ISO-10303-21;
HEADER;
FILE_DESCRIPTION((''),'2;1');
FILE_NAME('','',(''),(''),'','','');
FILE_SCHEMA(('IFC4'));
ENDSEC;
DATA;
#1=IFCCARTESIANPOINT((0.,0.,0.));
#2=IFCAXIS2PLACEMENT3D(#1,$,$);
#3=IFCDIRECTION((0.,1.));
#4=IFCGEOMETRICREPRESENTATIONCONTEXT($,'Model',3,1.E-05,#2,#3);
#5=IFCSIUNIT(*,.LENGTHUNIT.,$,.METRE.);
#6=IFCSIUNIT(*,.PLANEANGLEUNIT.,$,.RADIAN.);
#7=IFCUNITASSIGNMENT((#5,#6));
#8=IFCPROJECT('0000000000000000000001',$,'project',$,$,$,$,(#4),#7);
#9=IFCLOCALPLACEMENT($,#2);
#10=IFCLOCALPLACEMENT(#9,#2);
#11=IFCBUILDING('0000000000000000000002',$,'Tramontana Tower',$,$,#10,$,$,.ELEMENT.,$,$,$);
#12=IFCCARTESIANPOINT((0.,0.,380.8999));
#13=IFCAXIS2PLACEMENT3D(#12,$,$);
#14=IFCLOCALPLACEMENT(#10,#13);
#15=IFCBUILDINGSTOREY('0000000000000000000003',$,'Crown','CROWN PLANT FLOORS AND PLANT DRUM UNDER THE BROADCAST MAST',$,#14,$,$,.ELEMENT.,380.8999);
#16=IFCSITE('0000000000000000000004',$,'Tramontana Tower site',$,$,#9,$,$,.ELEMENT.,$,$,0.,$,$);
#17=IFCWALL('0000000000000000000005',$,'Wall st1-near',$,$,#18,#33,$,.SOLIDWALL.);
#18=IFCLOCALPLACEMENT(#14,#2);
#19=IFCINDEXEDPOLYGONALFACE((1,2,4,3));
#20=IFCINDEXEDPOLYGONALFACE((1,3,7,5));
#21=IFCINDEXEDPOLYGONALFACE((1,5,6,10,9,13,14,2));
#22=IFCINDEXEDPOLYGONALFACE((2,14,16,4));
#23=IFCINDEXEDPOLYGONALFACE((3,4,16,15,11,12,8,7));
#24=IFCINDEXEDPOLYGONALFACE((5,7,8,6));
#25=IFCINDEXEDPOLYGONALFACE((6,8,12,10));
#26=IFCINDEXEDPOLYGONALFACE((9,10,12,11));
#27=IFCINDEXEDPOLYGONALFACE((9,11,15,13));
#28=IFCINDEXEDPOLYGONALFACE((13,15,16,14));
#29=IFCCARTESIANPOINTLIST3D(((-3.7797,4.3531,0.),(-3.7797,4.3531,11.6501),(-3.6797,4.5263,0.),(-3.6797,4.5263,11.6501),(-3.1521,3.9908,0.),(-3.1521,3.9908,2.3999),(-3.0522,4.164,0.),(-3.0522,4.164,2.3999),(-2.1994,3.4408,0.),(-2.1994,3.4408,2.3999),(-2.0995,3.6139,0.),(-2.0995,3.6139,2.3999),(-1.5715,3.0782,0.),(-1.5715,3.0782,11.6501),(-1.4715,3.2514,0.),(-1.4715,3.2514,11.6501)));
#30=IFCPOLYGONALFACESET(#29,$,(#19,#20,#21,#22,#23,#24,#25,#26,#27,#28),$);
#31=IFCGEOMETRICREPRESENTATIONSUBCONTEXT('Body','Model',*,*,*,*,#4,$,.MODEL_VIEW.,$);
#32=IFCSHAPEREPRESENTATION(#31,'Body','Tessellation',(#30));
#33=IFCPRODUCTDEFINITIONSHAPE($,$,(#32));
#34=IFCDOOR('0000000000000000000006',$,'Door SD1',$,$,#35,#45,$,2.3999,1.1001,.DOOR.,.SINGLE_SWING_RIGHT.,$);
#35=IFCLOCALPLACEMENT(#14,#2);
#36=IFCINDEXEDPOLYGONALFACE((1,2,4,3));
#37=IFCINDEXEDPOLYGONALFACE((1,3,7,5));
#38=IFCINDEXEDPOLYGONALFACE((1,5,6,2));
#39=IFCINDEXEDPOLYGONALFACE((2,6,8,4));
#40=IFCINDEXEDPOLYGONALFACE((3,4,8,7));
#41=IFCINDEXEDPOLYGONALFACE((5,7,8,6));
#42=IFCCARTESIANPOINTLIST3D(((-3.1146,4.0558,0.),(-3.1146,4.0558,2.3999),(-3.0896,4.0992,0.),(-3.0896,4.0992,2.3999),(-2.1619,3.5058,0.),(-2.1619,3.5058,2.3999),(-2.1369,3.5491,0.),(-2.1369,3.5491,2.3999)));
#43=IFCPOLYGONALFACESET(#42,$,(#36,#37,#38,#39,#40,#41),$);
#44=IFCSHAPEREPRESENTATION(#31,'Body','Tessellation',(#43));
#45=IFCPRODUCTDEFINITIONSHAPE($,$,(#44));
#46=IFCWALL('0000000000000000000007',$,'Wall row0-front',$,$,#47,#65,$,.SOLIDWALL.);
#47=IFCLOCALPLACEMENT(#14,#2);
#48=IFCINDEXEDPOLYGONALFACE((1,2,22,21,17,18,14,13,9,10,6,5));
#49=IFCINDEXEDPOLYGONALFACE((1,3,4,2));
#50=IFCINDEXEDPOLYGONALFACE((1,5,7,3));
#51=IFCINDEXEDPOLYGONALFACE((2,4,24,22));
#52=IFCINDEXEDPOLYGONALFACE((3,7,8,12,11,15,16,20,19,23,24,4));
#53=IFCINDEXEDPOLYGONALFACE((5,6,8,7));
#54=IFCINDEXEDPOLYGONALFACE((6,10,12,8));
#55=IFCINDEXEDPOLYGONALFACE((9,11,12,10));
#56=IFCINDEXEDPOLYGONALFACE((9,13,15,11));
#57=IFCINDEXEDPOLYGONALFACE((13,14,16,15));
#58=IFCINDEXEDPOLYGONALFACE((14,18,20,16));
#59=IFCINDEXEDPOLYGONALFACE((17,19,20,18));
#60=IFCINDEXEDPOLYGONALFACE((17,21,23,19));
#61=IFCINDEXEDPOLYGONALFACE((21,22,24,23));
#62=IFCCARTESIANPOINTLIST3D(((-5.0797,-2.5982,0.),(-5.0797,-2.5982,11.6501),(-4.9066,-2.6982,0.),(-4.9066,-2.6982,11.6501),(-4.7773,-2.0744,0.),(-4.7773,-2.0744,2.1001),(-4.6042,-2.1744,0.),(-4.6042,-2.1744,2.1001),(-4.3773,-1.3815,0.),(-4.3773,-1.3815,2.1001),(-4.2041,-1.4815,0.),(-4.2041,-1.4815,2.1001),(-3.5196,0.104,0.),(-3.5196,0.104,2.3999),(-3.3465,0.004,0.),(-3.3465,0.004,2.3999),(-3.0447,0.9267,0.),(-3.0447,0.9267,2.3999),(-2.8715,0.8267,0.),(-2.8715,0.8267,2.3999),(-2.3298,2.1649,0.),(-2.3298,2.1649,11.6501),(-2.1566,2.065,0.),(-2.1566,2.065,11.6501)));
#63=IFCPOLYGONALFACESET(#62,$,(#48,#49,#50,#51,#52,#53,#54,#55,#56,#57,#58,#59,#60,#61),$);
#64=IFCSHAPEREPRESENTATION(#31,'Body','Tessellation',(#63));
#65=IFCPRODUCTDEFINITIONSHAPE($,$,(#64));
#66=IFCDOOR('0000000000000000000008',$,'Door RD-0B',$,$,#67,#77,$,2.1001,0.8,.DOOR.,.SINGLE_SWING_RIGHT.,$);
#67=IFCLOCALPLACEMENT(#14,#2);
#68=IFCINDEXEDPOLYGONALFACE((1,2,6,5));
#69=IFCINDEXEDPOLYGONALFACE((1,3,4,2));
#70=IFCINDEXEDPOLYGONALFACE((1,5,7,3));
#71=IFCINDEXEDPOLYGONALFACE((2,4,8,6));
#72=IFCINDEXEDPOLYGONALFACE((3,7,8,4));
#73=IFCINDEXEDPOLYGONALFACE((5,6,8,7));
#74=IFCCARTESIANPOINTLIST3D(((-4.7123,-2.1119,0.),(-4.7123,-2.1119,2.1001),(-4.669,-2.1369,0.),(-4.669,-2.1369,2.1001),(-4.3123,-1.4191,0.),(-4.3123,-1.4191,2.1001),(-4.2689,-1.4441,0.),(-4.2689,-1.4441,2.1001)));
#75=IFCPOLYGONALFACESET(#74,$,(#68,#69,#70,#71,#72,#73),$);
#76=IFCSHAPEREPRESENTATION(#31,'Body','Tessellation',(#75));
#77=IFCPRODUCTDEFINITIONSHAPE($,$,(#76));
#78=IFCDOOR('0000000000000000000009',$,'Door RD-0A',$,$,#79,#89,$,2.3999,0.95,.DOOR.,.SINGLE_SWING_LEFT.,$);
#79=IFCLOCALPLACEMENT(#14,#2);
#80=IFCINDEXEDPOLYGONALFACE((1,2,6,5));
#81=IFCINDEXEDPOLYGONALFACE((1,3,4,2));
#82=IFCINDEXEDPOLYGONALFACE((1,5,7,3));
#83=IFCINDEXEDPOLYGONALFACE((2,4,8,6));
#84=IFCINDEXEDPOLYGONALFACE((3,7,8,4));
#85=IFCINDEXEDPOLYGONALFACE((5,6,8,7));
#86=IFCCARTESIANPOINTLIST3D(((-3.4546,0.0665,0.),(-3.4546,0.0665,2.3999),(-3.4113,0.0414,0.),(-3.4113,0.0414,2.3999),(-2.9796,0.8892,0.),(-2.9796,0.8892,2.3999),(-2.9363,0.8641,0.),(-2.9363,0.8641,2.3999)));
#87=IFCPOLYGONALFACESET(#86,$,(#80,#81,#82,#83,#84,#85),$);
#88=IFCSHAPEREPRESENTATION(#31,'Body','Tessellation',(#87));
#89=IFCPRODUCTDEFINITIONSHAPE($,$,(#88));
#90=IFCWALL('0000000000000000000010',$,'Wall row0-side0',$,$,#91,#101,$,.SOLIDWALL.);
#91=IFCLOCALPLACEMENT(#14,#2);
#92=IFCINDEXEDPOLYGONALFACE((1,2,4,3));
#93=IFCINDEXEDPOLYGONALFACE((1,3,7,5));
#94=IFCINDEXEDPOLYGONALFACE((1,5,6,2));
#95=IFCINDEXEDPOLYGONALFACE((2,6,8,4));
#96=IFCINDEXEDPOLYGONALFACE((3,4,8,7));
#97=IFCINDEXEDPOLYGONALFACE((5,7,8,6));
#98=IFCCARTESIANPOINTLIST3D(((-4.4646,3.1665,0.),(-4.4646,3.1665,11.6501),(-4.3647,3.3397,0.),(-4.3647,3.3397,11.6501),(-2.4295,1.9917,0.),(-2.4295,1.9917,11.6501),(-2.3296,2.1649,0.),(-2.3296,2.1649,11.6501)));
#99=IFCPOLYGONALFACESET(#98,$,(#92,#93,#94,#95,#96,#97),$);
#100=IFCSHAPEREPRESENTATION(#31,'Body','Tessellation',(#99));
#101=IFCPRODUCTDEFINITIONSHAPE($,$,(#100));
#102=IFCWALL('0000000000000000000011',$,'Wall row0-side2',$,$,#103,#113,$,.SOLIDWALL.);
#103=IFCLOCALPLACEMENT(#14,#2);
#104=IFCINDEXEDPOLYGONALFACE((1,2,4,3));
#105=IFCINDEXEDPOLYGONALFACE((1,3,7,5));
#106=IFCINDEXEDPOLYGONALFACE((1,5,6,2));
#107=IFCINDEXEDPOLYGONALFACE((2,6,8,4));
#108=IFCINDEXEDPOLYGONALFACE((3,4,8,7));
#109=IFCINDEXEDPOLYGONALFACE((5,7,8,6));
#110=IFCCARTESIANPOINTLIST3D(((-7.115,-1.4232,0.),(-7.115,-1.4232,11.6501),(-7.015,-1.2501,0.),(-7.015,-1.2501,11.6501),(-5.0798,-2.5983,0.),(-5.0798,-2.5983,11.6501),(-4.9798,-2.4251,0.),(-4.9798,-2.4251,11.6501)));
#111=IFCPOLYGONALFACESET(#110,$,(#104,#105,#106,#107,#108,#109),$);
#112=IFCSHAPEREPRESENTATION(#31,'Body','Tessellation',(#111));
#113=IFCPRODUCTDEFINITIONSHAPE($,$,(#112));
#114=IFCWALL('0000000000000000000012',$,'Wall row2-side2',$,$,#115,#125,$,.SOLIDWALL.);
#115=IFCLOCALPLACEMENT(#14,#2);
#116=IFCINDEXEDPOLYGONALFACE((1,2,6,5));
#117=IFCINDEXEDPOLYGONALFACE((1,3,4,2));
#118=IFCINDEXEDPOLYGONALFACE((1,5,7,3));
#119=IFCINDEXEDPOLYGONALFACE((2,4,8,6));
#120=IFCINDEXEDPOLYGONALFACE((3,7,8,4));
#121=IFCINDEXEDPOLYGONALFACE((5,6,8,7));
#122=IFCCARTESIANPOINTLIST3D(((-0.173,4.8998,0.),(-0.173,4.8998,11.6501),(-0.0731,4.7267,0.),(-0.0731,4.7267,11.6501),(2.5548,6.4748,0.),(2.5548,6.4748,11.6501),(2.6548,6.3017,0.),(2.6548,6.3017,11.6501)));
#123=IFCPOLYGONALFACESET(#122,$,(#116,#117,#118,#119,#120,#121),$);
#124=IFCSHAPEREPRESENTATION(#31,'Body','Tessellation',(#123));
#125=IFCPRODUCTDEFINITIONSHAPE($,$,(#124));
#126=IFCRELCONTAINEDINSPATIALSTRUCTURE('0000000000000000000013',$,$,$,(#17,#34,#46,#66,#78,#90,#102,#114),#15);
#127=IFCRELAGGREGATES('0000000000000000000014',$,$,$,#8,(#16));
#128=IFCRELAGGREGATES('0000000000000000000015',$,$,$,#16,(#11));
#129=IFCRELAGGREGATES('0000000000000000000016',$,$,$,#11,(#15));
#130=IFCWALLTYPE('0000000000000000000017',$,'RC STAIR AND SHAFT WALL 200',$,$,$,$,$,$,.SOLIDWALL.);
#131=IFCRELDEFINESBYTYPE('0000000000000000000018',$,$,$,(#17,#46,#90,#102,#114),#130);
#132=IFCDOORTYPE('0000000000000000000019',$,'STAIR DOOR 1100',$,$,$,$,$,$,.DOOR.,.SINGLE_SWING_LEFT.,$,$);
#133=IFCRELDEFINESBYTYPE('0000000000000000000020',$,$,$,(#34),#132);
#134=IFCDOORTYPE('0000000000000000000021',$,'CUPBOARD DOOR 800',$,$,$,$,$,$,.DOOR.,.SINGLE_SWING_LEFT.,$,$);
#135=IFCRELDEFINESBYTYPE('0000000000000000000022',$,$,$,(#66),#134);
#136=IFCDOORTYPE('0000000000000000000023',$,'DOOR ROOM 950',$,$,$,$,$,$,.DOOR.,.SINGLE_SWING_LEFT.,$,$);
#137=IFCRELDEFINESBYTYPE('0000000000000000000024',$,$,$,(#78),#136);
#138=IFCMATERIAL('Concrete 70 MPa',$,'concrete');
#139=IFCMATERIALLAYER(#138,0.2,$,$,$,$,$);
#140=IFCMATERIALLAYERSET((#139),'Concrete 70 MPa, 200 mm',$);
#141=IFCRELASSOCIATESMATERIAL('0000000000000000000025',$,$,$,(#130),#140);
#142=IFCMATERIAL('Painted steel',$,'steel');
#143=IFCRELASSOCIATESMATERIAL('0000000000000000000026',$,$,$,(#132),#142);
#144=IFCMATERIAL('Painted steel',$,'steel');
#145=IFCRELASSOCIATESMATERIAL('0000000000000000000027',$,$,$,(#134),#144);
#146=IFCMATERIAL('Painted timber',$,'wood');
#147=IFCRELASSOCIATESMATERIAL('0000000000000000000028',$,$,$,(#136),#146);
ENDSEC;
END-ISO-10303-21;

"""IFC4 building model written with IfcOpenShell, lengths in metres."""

from ifc_helpers import new_model, si_unit, direction, frame, frame_2d, origin, place, context, subcontext, project, spatial, rectangle, extrude, material, layer, layer_set, type_object, element, fill, save


model = new_model("IFC4")

# Units and contexts
model_context = context("Model", 3, precision=1e-05, world=origin(), true_north=direction((0.0, 1.0)))
body_context = subcontext(model_context, "Body", "Model", "MODEL_VIEW")
ifc_project = project(units=[si_unit("LENGTHUNIT", "METRE"), si_unit("PLANEANGLEUNIT", "RADIAN")], contexts=[model_context])

# Site, building, storey
site_placement = place(None, origin())
site = spatial("IfcSite", under=ifc_project, at=site_placement, Name="Tramontana Tower site", CompositionType="ELEMENT", RefElevation=0.0)
building_placement = place(site_placement, origin())
building = spatial("IfcBuilding", under=site, at=building_placement, Name="Tramontana Tower", CompositionType="ELEMENT")
storey_placement = place(building_placement, frame((0.0, 0.0, 380.8999)))
storey = spatial("IfcBuildingStorey", under=building, at=storey_placement, Name="Crown", Description="CROWN PLANT FLOORS AND PLANT DRUM UNDER THE BROADCAST MAST", CompositionType="ELEMENT", Elevation=380.8999)

# Wall, opening, door
ifc_material_1 = material(Name="Concrete 70 MPa", Category="concrete")
ifc_layer_1 = layer(ifc_material_1, 0.2)
ifc_layer_set_1 = layer_set([ifc_layer_1], Name="Concrete 70 MPa, 200 mm")
wall_type_1 = type_object("IfcWallType", Name="RC STAIR AND SHAFT WALL 200", PredefinedType="SOLIDWALL", material=ifc_layer_set_1)
wall_1_placement = place(storey_placement, frame((-1.5215, 3.1648, 0.0), z_axis=(0.0, 0.0, 1.0), x_axis=(-0.866031, 0.49999, 0.0)))
wall_1 = element("IfcWall", 1, at=wall_1_placement, inside=storey, type_object=wall_type_1, Name="Wall st1-near", PredefinedType="SOLIDWALL", context=body_context, shape_type="SweptSolid", body=[
    extrude(rectangle(XDim=2.5498, YDim=0.2, at=frame_2d((1.2749, 0.0))), origin(), (0.0, 0.0, 1.0), 11.6501),
])
opening_1_placement = place(wall_1_placement, frame((0.7251, 0.0, 0.0)))
opening_1 = element("IfcOpeningElement", 2, at=opening_1_placement, cuts=wall_1, PredefinedType="OPENING", context=body_context, shape_type="SweptSolid", body=[
    extrude(rectangle(XDim=1.1001, YDim=2.3999, at=frame_2d((0.55, 1.2))), frame((0.0, 0.1099, 0.0), z_axis=(0.0, -1.0, 0.0), x_axis=(1.0, 0.0, 0.0)), (0.0, 0.0, 1.0), 0.22),
])
ifc_material_2 = material(Name="Painted steel", Category="steel")
door_type_1 = type_object("IfcDoorType", Name="STAIR DOOR 1100", OperationType="SINGLE_SWING_LEFT", PredefinedType="DOOR", material=ifc_material_2)
door_1_placement = place(opening_1_placement, origin())
door_1 = element("IfcDoor", 3, at=door_1_placement, inside=storey, type_object=door_type_1, Name="Door SD1", OperationType="SINGLE_SWING_RIGHT", OverallHeight=2.3999, OverallWidth=1.1001, PredefinedType="DOOR", context=body_context, shape_type="SweptSolid", body=[
    extrude(rectangle(XDim=1.1001, YDim=2.3999, at=frame_2d((0.55, 1.2))), frame((0.0, 0.0249, 0.0), z_axis=(0.0, -1.0, 0.0), x_axis=(1.0, 0.0, 0.0)), (0.0, 0.0, 1.0), 0.05),
])
fill(opening_1, door_1)

# Wall, openings, doors
wall_2_placement = place(storey_placement, frame((-4.9932, -2.6482, 0.0), z_axis=(0.0, 0.0, 1.0), x_axis=(0.499997, 0.866027, 0.0)))
wall_2 = element("IfcWall", 4, at=wall_2_placement, inside=storey, type_object=wall_type_1, Name="Wall row0-front", PredefinedType="SOLIDWALL", context=body_context, shape_type="SweptSolid", body=[
    extrude(rectangle(XDim=5.5, YDim=0.2, at=frame_2d((2.75, 0.0))), origin(), (0.0, 0.0, 1.0), 11.6501),
])
opening_2_placement = place(wall_2_placement, frame((3.1201, 0.0, 0.0)))
opening_2 = element("IfcOpeningElement", 5, at=opening_2_placement, cuts=wall_2, PredefinedType="OPENING", context=body_context, shape_type="SweptSolid", body=[
    extrude(rectangle(XDim=0.95, YDim=2.3999, at=frame_2d((0.4751, 1.2))), frame((0.0, 0.1099, 0.0), z_axis=(0.0, -1.0, 0.0), x_axis=(1.0, 0.0, 0.0)), (0.0, 0.0, 1.0), 0.22),
])
opening_3_placement = place(wall_2_placement, frame((0.605, 0.0, 0.0)))
opening_3 = element("IfcOpeningElement", 6, at=opening_3_placement, cuts=wall_2, PredefinedType="OPENING", context=body_context, shape_type="SweptSolid", body=[
    extrude(rectangle(XDim=0.8, YDim=2.1001, at=frame_2d((0.3999, 1.05))), frame((0.0, 0.1099, 0.0), z_axis=(0.0, -1.0, 0.0), x_axis=(1.0, 0.0, 0.0)), (0.0, 0.0, 1.0), 0.22),
])
ifc_material_3 = material(Name="Painted steel", Category="steel")
door_type_2 = type_object("IfcDoorType", Name="CUPBOARD DOOR 800", OperationType="SINGLE_SWING_LEFT", PredefinedType="DOOR", material=ifc_material_3)
door_2_placement = place(opening_3_placement, origin())
door_2 = element("IfcDoor", 7, at=door_2_placement, inside=storey, type_object=door_type_2, Name="Door RD-0B", OperationType="SINGLE_SWING_RIGHT", OverallHeight=2.1001, OverallWidth=0.8, PredefinedType="DOOR", context=body_context, shape_type="SweptSolid", body=[
    extrude(rectangle(XDim=0.8, YDim=2.1001, at=frame_2d((0.3999, 1.05))), frame((0.0, 0.0249, 0.0), z_axis=(0.0, -1.0, 0.0), x_axis=(1.0, 0.0, 0.0)), (0.0, 0.0, 1.0), 0.05),
])
fill(opening_3, door_2)
ifc_material_4 = material(Name="Painted timber", Category="wood")
door_type_3 = type_object("IfcDoorType", Name="DOOR ROOM 950", OperationType="SINGLE_SWING_LEFT", PredefinedType="DOOR", material=ifc_material_4)
door_3_placement = place(opening_2_placement, origin())
door_3 = element("IfcDoor", 8, at=door_3_placement, inside=storey, type_object=door_type_3, Name="Door RD-0A", OperationType="SINGLE_SWING_LEFT", OverallHeight=2.3999, OverallWidth=0.95, PredefinedType="DOOR", context=body_context, shape_type="SweptSolid", body=[
    extrude(rectangle(XDim=0.95, YDim=2.3999, at=frame_2d((0.4751, 1.2))), frame((0.0, 0.0249, 0.0), z_axis=(0.0, -1.0, 0.0), x_axis=(1.0, 0.0, 0.0)), (0.0, 0.0, 1.0), 0.05),
])
fill(opening_2, door_3)

# Walls
wall_3_placement = place(storey_placement, frame((-2.3796, 2.0784, 0.0), z_axis=(0.0, 0.0, 1.0), x_axis=(-0.866061, 0.499938, 0.0)))
element("IfcWall", 9, at=wall_3_placement, inside=storey, type_object=wall_type_1, Name="Wall row0-side0", PredefinedType="SOLIDWALL", context=body_context, shape_type="SweptSolid", body=[
    extrude(rectangle(XDim=2.3499, YDim=0.2, at=frame_2d((1.1748, 0.0))), origin(), (0.0, 0.0, 1.0), 11.6501),
])
wall_4_placement = place(storey_placement, frame((-5.0298, -2.5117, 0.0), z_axis=(0.0, 0.0, 1.0), x_axis=(-0.866016, 0.500016, 0.0)))
element("IfcWall", 10, at=wall_4_placement, inside=storey, type_object=wall_type_1, Name="Wall row0-side2", PredefinedType="SOLIDWALL", context=body_context, shape_type="SweptSolid", body=[
    extrude(rectangle(XDim=2.3501, YDim=0.2, at=frame_2d((1.175, 0.0))), origin(), (0.0, 0.0, 1.0), 11.6501),
])
wall_5_placement = place(storey_placement, frame((-0.123, 4.8132, 0.0), z_axis=(0.0, 0.0, 1.0), x_axis=(0.866016, 0.500015, 0.0)))
element("IfcWall", 11, at=wall_5_placement, inside=storey, type_object=wall_type_1, Name="Wall row2-side2", PredefinedType="SOLIDWALL", context=body_context, shape_type="SweptSolid", body=[
    extrude(rectangle(XDim=3.1499, YDim=0.2, at=frame_2d((1.575, 0.0))), origin(), (0.0, 0.0, 1.0), 11.6501),
])

save(model, "model.ifc")
